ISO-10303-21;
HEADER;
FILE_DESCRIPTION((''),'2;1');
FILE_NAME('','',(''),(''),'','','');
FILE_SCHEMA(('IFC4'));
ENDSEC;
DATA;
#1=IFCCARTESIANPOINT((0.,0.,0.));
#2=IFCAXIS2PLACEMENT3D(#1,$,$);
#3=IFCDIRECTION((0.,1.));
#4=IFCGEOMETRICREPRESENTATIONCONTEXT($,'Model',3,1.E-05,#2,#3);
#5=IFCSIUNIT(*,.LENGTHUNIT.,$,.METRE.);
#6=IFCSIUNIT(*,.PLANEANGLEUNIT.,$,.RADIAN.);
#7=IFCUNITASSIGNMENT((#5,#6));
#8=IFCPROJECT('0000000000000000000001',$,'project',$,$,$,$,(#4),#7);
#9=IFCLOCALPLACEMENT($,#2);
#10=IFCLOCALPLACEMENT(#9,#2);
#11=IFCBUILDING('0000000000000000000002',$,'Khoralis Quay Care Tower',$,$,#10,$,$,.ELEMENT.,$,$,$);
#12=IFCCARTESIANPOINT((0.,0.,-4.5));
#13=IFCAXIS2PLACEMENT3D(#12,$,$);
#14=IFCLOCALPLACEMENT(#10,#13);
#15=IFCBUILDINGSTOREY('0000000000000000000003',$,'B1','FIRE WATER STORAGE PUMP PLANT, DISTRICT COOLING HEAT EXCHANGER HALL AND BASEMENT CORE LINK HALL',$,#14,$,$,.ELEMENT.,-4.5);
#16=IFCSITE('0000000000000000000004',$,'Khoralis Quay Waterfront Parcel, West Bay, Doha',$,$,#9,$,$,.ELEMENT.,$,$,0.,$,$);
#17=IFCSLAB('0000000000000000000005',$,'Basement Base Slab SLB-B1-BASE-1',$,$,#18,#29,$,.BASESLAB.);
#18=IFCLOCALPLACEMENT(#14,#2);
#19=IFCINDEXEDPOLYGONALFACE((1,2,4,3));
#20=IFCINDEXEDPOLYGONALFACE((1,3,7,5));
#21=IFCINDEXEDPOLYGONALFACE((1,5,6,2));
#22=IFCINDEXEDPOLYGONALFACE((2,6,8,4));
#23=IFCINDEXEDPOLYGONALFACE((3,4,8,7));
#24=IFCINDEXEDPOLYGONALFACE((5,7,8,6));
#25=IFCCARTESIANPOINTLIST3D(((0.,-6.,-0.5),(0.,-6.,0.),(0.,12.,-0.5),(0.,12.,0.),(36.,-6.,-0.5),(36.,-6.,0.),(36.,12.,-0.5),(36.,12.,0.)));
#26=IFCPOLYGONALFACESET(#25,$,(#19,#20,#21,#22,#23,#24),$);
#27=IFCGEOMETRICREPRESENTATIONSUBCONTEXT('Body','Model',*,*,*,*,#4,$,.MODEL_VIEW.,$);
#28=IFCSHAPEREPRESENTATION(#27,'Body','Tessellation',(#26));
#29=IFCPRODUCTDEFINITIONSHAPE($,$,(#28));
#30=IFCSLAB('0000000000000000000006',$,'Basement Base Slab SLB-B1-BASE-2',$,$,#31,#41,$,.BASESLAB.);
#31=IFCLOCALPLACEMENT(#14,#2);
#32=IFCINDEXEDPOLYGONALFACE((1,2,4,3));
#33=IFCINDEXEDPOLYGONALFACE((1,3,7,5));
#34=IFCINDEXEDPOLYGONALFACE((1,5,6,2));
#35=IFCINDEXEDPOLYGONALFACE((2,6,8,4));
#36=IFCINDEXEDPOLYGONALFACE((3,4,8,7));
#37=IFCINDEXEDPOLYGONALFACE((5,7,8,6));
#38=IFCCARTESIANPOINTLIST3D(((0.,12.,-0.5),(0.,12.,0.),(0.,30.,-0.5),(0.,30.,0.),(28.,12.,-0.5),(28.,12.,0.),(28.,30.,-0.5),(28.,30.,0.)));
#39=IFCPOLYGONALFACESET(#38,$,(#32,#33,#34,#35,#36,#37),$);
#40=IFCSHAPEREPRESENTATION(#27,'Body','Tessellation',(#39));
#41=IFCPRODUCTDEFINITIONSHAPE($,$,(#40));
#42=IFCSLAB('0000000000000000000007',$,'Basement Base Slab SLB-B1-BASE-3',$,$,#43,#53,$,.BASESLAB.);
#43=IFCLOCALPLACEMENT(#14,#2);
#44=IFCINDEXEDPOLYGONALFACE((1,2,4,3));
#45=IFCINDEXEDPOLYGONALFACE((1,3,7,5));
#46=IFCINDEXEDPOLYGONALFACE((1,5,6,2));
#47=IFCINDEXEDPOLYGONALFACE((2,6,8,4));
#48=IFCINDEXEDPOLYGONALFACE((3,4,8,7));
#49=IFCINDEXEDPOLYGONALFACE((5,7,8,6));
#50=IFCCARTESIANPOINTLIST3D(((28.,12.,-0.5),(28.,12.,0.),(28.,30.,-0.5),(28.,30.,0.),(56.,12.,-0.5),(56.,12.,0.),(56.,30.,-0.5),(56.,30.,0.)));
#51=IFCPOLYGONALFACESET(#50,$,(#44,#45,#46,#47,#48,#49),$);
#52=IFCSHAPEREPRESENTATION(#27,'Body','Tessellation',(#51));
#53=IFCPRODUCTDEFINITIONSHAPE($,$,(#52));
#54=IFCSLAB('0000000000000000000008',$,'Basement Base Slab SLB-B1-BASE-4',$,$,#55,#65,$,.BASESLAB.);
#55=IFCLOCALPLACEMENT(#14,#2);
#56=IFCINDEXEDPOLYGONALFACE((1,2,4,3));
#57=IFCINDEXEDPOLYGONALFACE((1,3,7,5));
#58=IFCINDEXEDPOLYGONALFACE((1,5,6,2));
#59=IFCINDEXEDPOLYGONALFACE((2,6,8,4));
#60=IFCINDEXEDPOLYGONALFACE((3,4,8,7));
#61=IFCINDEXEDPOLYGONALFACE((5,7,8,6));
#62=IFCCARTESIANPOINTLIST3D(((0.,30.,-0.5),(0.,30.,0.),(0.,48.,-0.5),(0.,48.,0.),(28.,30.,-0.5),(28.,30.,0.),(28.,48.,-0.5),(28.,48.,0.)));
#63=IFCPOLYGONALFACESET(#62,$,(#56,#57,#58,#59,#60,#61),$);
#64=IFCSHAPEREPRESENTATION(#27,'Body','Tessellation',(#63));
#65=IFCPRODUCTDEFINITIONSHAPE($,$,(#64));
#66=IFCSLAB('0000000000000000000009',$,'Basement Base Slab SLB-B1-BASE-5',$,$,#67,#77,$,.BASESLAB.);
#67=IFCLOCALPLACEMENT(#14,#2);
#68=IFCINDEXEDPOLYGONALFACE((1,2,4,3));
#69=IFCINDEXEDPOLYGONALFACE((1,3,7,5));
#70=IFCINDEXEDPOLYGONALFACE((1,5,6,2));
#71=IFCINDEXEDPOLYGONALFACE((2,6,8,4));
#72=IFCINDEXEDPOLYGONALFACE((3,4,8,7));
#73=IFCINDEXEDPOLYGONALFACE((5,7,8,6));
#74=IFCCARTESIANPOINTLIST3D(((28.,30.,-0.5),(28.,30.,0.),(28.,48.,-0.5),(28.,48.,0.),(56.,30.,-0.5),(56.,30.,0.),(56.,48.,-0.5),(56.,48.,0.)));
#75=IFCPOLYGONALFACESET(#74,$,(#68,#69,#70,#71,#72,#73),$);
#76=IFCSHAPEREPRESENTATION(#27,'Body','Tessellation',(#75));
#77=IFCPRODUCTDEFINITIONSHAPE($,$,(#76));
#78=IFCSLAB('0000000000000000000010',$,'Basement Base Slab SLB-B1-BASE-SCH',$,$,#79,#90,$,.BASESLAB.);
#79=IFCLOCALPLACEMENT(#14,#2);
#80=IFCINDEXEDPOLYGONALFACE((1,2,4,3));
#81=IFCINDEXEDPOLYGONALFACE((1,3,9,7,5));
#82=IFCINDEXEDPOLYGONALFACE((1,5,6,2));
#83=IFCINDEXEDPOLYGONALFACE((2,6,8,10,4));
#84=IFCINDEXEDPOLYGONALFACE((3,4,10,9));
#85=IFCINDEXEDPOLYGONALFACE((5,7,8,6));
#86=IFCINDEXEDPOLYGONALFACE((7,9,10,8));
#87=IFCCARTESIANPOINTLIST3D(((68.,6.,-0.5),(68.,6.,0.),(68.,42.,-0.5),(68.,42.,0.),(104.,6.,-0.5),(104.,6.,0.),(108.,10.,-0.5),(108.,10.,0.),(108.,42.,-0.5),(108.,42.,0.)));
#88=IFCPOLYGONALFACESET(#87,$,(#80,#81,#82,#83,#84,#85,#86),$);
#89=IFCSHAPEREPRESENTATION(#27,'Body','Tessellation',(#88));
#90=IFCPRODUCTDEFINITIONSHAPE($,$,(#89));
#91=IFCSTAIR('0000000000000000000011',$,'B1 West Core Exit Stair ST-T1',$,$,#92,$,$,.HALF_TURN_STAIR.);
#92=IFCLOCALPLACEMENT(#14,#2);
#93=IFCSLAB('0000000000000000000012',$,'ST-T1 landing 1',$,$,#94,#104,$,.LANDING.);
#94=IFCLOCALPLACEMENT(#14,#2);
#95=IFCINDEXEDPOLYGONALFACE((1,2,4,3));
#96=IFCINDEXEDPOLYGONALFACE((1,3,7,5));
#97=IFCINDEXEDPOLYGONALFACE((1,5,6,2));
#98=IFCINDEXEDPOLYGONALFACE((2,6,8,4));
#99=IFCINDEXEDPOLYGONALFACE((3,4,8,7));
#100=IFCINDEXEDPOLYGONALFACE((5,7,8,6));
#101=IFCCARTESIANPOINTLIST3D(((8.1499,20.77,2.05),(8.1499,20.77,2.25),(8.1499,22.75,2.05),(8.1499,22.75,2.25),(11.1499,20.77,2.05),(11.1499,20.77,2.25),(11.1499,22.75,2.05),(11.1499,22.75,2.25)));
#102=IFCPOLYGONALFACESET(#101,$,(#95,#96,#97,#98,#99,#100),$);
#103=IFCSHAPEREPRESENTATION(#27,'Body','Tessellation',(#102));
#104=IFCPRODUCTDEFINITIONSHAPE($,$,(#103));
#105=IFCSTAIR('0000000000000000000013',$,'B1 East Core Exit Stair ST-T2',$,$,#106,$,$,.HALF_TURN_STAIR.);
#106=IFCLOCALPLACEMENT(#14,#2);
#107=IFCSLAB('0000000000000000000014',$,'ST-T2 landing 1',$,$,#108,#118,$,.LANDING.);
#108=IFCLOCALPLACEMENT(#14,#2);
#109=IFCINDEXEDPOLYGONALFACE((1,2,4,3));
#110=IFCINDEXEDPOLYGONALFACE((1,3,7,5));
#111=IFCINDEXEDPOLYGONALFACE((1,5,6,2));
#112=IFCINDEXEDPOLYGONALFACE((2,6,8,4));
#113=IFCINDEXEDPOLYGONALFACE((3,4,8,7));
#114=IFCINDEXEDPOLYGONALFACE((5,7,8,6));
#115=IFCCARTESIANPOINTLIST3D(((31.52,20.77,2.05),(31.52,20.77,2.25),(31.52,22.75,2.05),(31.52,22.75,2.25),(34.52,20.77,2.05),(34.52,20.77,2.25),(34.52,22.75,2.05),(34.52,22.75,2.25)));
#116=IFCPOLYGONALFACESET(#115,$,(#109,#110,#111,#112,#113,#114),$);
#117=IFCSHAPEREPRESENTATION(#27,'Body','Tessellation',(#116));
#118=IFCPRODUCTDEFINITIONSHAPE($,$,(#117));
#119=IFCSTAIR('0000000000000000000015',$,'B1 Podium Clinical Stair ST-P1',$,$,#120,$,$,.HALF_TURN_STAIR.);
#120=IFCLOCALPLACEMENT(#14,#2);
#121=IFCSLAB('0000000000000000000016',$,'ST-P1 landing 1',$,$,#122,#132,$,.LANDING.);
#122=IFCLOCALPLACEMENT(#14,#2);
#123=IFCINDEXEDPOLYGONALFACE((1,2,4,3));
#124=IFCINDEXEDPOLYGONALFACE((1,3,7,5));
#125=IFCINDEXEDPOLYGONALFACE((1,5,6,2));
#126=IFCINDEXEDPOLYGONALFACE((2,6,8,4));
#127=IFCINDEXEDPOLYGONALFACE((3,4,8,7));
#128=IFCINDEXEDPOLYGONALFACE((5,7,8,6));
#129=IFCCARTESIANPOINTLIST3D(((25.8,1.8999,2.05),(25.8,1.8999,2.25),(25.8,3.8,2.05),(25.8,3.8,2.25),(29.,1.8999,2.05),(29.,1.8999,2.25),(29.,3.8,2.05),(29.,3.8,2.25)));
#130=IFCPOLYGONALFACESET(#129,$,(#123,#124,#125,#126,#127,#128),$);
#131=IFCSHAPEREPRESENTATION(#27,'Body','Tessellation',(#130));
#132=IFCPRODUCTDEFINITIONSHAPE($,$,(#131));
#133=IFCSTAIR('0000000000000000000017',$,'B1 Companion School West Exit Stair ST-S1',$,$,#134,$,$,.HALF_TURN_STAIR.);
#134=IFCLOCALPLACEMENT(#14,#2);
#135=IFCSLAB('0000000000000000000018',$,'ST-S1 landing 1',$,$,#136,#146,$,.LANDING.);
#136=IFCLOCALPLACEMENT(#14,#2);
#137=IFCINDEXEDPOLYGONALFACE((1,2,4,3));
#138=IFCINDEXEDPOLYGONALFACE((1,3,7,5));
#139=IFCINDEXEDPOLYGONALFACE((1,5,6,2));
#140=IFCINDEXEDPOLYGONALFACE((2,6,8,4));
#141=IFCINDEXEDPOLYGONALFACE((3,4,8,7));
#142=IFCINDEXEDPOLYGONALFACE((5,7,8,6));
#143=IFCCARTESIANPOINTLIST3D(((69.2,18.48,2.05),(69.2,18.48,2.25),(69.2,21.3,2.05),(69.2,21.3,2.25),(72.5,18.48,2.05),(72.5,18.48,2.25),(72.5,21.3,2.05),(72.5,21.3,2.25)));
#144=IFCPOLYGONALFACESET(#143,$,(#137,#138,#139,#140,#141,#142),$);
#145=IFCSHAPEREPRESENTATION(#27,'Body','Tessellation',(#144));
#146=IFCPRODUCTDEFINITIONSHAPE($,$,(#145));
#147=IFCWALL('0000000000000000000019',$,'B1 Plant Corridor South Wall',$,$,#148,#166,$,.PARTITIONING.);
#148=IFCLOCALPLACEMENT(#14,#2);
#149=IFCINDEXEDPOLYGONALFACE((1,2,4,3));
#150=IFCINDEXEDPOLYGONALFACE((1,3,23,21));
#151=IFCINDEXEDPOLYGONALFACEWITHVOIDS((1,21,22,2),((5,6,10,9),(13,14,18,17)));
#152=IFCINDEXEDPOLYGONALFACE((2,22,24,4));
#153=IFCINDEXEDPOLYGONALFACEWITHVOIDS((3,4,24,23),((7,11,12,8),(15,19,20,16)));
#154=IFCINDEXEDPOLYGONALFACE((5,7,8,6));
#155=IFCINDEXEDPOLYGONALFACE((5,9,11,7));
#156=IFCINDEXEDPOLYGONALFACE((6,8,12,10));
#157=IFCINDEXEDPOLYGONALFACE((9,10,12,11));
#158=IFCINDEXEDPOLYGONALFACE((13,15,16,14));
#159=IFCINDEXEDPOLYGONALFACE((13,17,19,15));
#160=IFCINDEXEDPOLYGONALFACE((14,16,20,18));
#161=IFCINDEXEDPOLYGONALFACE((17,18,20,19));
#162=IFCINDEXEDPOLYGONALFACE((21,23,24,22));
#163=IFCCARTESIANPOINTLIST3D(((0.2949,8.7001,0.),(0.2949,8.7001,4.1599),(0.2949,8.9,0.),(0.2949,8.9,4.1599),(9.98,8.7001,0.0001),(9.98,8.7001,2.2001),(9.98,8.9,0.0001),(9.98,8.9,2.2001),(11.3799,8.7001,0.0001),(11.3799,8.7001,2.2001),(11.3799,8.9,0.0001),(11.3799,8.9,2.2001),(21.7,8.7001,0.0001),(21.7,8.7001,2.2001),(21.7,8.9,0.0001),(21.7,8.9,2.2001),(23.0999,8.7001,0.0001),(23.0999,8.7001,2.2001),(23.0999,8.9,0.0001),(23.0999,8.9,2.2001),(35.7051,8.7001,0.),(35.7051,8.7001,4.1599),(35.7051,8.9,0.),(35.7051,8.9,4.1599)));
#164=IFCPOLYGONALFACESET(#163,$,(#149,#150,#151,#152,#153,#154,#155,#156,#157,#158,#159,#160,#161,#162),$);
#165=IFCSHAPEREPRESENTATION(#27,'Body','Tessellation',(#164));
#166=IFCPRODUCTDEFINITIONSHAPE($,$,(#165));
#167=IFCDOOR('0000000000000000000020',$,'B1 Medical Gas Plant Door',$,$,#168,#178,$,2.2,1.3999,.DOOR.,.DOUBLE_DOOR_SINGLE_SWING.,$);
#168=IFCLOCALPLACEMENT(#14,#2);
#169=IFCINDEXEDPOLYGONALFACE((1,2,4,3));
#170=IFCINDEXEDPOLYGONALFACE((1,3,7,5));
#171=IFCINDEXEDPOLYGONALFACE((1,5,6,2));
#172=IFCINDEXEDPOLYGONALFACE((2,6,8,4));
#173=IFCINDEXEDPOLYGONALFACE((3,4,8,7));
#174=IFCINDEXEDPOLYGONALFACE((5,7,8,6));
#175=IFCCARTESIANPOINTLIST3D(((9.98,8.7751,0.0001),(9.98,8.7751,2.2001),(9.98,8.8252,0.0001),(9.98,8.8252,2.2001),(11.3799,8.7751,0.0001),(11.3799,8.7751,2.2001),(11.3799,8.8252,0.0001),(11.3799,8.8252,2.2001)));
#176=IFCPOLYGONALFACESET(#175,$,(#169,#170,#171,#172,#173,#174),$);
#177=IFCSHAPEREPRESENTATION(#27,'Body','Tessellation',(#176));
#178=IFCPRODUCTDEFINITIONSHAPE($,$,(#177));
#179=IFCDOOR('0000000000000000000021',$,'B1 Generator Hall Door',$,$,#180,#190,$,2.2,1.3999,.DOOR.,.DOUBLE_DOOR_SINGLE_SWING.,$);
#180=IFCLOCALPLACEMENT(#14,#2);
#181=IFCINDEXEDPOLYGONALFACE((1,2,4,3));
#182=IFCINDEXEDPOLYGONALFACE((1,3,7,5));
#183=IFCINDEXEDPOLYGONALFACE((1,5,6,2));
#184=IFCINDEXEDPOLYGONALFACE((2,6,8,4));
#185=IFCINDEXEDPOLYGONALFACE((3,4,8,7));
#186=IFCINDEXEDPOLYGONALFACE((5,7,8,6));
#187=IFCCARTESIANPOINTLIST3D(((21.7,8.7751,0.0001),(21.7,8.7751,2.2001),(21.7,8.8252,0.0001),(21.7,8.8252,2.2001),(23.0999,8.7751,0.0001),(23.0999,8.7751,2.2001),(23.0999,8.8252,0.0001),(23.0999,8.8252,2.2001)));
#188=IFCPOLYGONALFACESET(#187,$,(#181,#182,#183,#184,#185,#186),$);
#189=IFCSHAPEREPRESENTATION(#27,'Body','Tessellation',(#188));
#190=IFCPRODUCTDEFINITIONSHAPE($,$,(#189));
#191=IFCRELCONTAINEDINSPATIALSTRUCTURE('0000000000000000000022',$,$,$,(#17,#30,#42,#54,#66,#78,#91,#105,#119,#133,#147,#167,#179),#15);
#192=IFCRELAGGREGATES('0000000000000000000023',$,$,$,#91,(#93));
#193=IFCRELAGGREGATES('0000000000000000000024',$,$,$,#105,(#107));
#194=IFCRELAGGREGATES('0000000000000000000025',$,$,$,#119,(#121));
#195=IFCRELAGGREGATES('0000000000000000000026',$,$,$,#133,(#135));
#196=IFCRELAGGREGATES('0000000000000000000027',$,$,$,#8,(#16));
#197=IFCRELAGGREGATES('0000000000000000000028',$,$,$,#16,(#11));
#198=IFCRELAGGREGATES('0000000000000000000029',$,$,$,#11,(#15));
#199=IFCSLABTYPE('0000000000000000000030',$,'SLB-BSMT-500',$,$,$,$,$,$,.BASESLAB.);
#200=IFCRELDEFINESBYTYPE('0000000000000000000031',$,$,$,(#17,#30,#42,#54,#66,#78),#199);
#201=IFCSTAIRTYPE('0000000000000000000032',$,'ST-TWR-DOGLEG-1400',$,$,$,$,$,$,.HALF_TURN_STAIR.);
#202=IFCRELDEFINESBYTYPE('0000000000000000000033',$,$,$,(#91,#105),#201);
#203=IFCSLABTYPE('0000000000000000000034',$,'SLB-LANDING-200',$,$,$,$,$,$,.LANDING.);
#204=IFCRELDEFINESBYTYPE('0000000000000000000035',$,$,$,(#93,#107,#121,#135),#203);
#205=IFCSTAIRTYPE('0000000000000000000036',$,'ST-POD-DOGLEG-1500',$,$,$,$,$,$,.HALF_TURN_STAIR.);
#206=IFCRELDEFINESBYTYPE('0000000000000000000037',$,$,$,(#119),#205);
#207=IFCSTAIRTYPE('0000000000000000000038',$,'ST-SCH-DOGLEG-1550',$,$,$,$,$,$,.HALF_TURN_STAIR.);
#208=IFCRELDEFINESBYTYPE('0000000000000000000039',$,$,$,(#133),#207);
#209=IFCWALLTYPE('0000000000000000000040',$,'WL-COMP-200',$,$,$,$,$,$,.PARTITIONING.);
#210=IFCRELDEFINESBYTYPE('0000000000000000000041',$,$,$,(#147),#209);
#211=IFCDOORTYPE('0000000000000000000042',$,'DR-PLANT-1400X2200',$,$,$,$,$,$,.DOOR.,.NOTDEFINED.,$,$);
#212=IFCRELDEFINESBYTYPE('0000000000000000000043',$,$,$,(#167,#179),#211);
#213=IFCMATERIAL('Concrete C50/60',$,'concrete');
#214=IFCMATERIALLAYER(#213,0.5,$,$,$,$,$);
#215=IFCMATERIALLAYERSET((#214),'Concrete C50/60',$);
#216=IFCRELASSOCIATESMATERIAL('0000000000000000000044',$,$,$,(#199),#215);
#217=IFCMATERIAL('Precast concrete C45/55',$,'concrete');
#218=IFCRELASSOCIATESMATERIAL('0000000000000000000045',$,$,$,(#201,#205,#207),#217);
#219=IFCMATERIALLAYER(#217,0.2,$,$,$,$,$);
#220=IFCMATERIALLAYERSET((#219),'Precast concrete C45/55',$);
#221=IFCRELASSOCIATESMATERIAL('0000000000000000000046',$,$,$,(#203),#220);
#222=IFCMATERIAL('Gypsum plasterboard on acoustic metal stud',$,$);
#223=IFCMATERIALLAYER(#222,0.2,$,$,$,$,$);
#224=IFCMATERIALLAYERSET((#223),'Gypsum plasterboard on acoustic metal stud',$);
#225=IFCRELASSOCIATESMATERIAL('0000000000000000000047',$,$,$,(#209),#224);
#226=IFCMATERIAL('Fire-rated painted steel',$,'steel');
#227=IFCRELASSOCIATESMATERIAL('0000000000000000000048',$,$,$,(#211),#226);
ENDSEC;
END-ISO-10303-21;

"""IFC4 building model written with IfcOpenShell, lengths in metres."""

from ifc_helpers import new_model, si_unit, direction, frame, frame_2d, origin, place, context, subcontext, project, spatial, polyline, rectangle, outline, extrude, source, transform, mapped, material, layer, layer_set, type_object, element, fill, aggregate, save


model = new_model("IFC4")

# Units and contexts
model_context = context("Model", 3, precision=1e-05, world=origin(), true_north=direction((0.0, 1.0)))
body_context = subcontext(model_context, "Body", "Model", "MODEL_VIEW")
ifc_project = project(units=[si_unit("LENGTHUNIT", "METRE"), si_unit("PLANEANGLEUNIT", "RADIAN")], contexts=[model_context])

# Site, building, storey
site_placement = place(None, origin())
site = spatial("IfcSite", under=ifc_project, at=site_placement, Name="Khoralis Quay Waterfront Parcel, West Bay, Doha", CompositionType="ELEMENT", RefElevation=0.0)
building_placement = place(site_placement, origin())
building = spatial("IfcBuilding", under=site, at=building_placement, Name="Khoralis Quay Care Tower", CompositionType="ELEMENT")
storey_placement = place(building_placement, frame((0.0, 0.0, -4.5)))
storey = spatial("IfcBuildingStorey", under=building, at=storey_placement, Name="B1", Description="FIRE WATER STORAGE PUMP PLANT, DISTRICT COOLING HEAT EXCHANGER HALL AND BASEMENT CORE LINK HALL", CompositionType="ELEMENT", Elevation=-4.5)

# Shared definitions
ifc_material_1 = material(Name="Concrete C50/60", Category="concrete")

# Slabs
ifc_layer_1 = layer(ifc_material_1, 0.5)
ifc_layer_set_1 = layer_set([ifc_layer_1], Name="Concrete C50/60")
slab_type_1 = type_object("IfcSlabType", Name="SLB-BSMT-500", PredefinedType="BASESLAB", material=ifc_layer_set_1)
slab_1_placement = place(storey_placement, frame((0.0, 0.0, -0.5)))
element("IfcSlab", 1, at=slab_1_placement, inside=storey, type_object=slab_type_1, Name="Basement Base Slab SLB-B1-BASE-1", PredefinedType="BASESLAB", context=body_context, shape_type="SweptSolid", body=[
    extrude(outline(polyline([(0.0, -6.0), (36.0, -6.0), (36.0, 12.0), (0.0, 12.0), (0.0, -6.0)])), origin(), (0.0, 0.0, 1.0), 0.5),
])
slab_2_placement = place(storey_placement, frame((0.0, 0.0, -0.5)))
element("IfcSlab", 2, at=slab_2_placement, inside=storey, type_object=slab_type_1, Name="Basement Base Slab SLB-B1-BASE-2", PredefinedType="BASESLAB", context=body_context, shape_type="SweptSolid", body=[
    extrude(outline(polyline([(0.0, 12.0), (28.0, 12.0), (28.0, 30.0), (0.0, 30.0), (0.0, 12.0)])), origin(), (0.0, 0.0, 1.0), 0.5),
])
slab_3_placement = place(storey_placement, frame((0.0, 0.0, -0.5)))
element("IfcSlab", 3, at=slab_3_placement, inside=storey, type_object=slab_type_1, Name="Basement Base Slab SLB-B1-BASE-3", PredefinedType="BASESLAB", context=body_context, shape_type="SweptSolid", body=[
    extrude(outline(polyline([(28.0, 12.0), (56.0, 12.0), (56.0, 30.0), (28.0, 30.0), (28.0, 12.0)])), origin(), (0.0, 0.0, 1.0), 0.5),
])
slab_4_placement = place(storey_placement, frame((0.0, 0.0, -0.5)))
element("IfcSlab", 4, at=slab_4_placement, inside=storey, type_object=slab_type_1, Name="Basement Base Slab SLB-B1-BASE-4", PredefinedType="BASESLAB", context=body_context, shape_type="SweptSolid", body=[
    extrude(outline(polyline([(0.0, 30.0), (28.0, 30.0), (28.0, 48.0), (0.0, 48.0), (0.0, 30.0)])), origin(), (0.0, 0.0, 1.0), 0.5),
])
slab_5_placement = place(storey_placement, frame((0.0, 0.0, -0.5)))
element("IfcSlab", 5, at=slab_5_placement, inside=storey, type_object=slab_type_1, Name="Basement Base Slab SLB-B1-BASE-5", PredefinedType="BASESLAB", context=body_context, shape_type="SweptSolid", body=[
    extrude(outline(polyline([(28.0, 30.0), (56.0, 30.0), (56.0, 48.0), (28.0, 48.0), (28.0, 30.0)])), origin(), (0.0, 0.0, 1.0), 0.5),
])
slab_6_placement = place(storey_placement, frame((0.0, 0.0, -0.5)))
element("IfcSlab", 6, at=slab_6_placement, inside=storey, type_object=slab_type_1, Name="Basement Base Slab SLB-B1-BASE-SCH", PredefinedType="BASESLAB", context=body_context, shape_type="SweptSolid", body=[
    extrude(outline(polyline([(68.0, 6.0), (104.0, 6.0), (108.0, 10.0), (108.0, 42.0), (68.0, 42.0), (68.0, 6.0)])), origin(), (0.0, 0.0, 1.0), 0.5),
])

# Stairs, slabs
ifc_material_2 = material(Name="Precast concrete C45/55", Category="concrete")
stair_type_1 = type_object("IfcStairType", Name="ST-TWR-DOGLEG-1400", PredefinedType="HALF_TURN_STAIR", material=ifc_material_2)
stair_1_placement = place(storey_placement, origin())
stair_1 = element("IfcStair", 7, at=stair_1_placement, inside=storey, type_object=stair_type_1, Name="B1 West Core Exit Stair ST-T1", PredefinedType="HALF_TURN_STAIR")
ifc_layer_2 = layer(ifc_material_2, 0.2)
ifc_layer_set_2 = layer_set([ifc_layer_2], Name="Precast concrete C45/55")
slab_type_2 = type_object("IfcSlabType", Name="SLB-LANDING-200", PredefinedType="LANDING", material=ifc_layer_set_2)
slab_7_placement = place(storey_placement, frame((0.0, 0.0, 2.05)))
slab_7 = element("IfcSlab", 8, at=slab_7_placement, type_object=slab_type_2, Name="ST-T1 landing 1", PredefinedType="LANDING", context=body_context, shape_type="SweptSolid", body=[
    extrude(outline(polyline([(11.1499, 20.77), (11.1499, 22.75), (8.1499, 22.75), (8.1499, 20.77), (11.1499, 20.77)])), origin(), (0.0, 0.0, 1.0), 0.2),
])
aggregate(stair_1, [slab_7])
stair_2_placement = place(storey_placement, origin())
stair_2 = element("IfcStair", 9, at=stair_2_placement, inside=storey, type_object=stair_type_1, Name="B1 East Core Exit Stair ST-T2", PredefinedType="HALF_TURN_STAIR")
slab_8_placement = place(storey_placement, frame((0.0, 0.0, 2.05)))
slab_8 = element("IfcSlab", 10, at=slab_8_placement, type_object=slab_type_2, Name="ST-T2 landing 1", PredefinedType="LANDING", context=body_context, shape_type="SweptSolid", body=[
    extrude(outline(polyline([(34.52, 20.77), (34.52, 22.75), (31.52, 22.75), (31.52, 20.77), (34.52, 20.77)])), origin(), (0.0, 0.0, 1.0), 0.2),
])
aggregate(stair_2, [slab_8])
stair_type_2 = type_object("IfcStairType", Name="ST-POD-DOGLEG-1500", PredefinedType="HALF_TURN_STAIR", material=ifc_material_2)
stair_3_placement = place(storey_placement, origin())
stair_3 = element("IfcStair", 11, at=stair_3_placement, inside=storey, type_object=stair_type_2, Name="B1 Podium Clinical Stair ST-P1", PredefinedType="HALF_TURN_STAIR")
slab_9_placement = place(storey_placement, frame((0.0, 0.0, 2.05)))
slab_9 = element("IfcSlab", 12, at=slab_9_placement, type_object=slab_type_2, Name="ST-P1 landing 1", PredefinedType="LANDING", context=body_context, shape_type="SweptSolid", body=[
    extrude(outline(polyline([(25.8, 3.8), (25.8, 1.8999), (29.0, 1.8999), (29.0, 3.8), (25.8, 3.8)])), origin(), (0.0, 0.0, 1.0), 0.2),
])
aggregate(stair_3, [slab_9])
stair_type_3 = type_object("IfcStairType", Name="ST-SCH-DOGLEG-1550", PredefinedType="HALF_TURN_STAIR", material=ifc_material_2)
stair_4_placement = place(storey_placement, origin())
stair_4 = element("IfcStair", 13, at=stair_4_placement, inside=storey, type_object=stair_type_3, Name="B1 Companion School West Exit Stair ST-S1", PredefinedType="HALF_TURN_STAIR")
slab_10_placement = place(storey_placement, frame((0.0, 0.0, 2.05)))
slab_10 = element("IfcSlab", 14, at=slab_10_placement, type_object=slab_type_2, Name="ST-S1 landing 1", PredefinedType="LANDING", context=body_context, shape_type="SweptSolid", body=[
    extrude(outline(polyline([(72.5, 18.48), (72.5, 21.3), (69.2, 21.3), (69.2, 18.48), (72.5, 18.48)])), origin(), (0.0, 0.0, 1.0), 0.2),
])
aggregate(stair_4, [slab_10])

# Wall, openings, doors
ifc_material_3 = material(Name="Gypsum plasterboard on acoustic metal stud")
ifc_layer_3 = layer(ifc_material_3, 0.2)
ifc_layer_set_3 = layer_set([ifc_layer_3], Name="Gypsum plasterboard on acoustic metal stud")
wall_type = type_object("IfcWallType", Name="WL-COMP-200", PredefinedType="PARTITIONING", material=ifc_layer_set_3)
wall_placement = place(storey_placement, frame((0.2949, 8.8, 0.0), z_axis=(0.0, 0.0, 1.0), x_axis=(1.0, 0.0, 0.0)))
wall = element("IfcWall", 15, at=wall_placement, inside=storey, type_object=wall_type, Name="B1 Plant Corridor South Wall", PredefinedType="PARTITIONING", context=body_context, shape_type="SweptSolid", body=[
    extrude(rectangle(XDim=35.4102, YDim=0.2, at=frame_2d((17.7051, 0.0))), origin(), (0.0, 0.0, 1.0), 4.1599),
])
opening_1_placement = place(wall_placement, frame((9.6851, 0.0, 0.0)))
opening_1 = element("IfcOpeningElement", 16, at=opening_1_placement, cuts=wall, PredefinedType="OPENING", context=body_context, shape_type="SweptSolid", body=[
    extrude(rectangle(XDim=1.3999, YDim=2.2, at=frame_2d((0.7, 1.1001))), frame((0.0, 0.1099, 0.0), z_axis=(0.0, -1.0, 0.0), x_axis=(1.0, 0.0, 0.0)), (0.0, 0.0, 1.0), 0.22),
])
opening_2_placement = place(wall_placement, frame((21.405, 0.0, 0.0)))
opening_2 = element("IfcOpeningElement", 17, at=opening_2_placement, cuts=wall, PredefinedType="OPENING", context=body_context, shape_type="SweptSolid", body=[
    extrude(rectangle(XDim=1.3999, YDim=2.2, at=frame_2d((0.7, 1.1001))), frame((0.0, 0.1099, 0.0), z_axis=(0.0, -1.0, 0.0), x_axis=(1.0, 0.0, 0.0)), (0.0, 0.0, 1.0), 0.22),
])
ifc_material_4 = material(Name="Fire-rated painted steel", Category="steel")
door_type = type_object("IfcDoorType", Name="DR-PLANT-1400X2200", OperationType="NOTDEFINED", PredefinedType="DOOR", material=ifc_material_4)
shared_shape_1 = source(origin(), body_context, "Body", "SweptSolid", [
    extrude(rectangle(XDim=1.3999, YDim=2.2, at=frame_2d((0.7, 1.1001))), frame((0.0, 0.0249, 0.0), z_axis=(0.0, -1.0, 0.0), x_axis=(1.0, 0.0, 0.0)), (0.0, 0.0, 1.0), 0.05),
])
door_1_placement = place(opening_1_placement, frame((1.3999, 0.0, 0.0), z_axis=(0.0, 0.0, 1.0), x_axis=(-1.0, 0.0, 0.0)))
door_1 = element("IfcDoor", 18, at=door_1_placement, inside=storey, type_object=door_type, Name="B1 Medical Gas Plant Door", OperationType="DOUBLE_DOOR_SINGLE_SWING", OverallHeight=2.2, OverallWidth=1.3999, PredefinedType="DOOR", context=body_context, shape_type="MappedRepresentation", body=[
    mapped(shared_shape_1, transform((0.0, 0.0, 0.0), scale=1.0)),
])
fill(opening_1, door_1)
door_2_placement = place(opening_2_placement, frame((1.3999, 0.0, 0.0), z_axis=(0.0, 0.0, 1.0), x_axis=(-1.0, 0.0, 0.0)))
door_2 = element("IfcDoor", 19, at=door_2_placement, inside=storey, type_object=door_type, Name="B1 Generator Hall Door", OperationType="DOUBLE_DOOR_SINGLE_SWING", OverallHeight=2.2, OverallWidth=1.3999, PredefinedType="DOOR", context=body_context, shape_type="MappedRepresentation", body=[
    mapped(shared_shape_1, transform((0.0, 0.0, 0.0), scale=1.0)),
])
fill(opening_2, door_2)

save(model, "model.ifc")
